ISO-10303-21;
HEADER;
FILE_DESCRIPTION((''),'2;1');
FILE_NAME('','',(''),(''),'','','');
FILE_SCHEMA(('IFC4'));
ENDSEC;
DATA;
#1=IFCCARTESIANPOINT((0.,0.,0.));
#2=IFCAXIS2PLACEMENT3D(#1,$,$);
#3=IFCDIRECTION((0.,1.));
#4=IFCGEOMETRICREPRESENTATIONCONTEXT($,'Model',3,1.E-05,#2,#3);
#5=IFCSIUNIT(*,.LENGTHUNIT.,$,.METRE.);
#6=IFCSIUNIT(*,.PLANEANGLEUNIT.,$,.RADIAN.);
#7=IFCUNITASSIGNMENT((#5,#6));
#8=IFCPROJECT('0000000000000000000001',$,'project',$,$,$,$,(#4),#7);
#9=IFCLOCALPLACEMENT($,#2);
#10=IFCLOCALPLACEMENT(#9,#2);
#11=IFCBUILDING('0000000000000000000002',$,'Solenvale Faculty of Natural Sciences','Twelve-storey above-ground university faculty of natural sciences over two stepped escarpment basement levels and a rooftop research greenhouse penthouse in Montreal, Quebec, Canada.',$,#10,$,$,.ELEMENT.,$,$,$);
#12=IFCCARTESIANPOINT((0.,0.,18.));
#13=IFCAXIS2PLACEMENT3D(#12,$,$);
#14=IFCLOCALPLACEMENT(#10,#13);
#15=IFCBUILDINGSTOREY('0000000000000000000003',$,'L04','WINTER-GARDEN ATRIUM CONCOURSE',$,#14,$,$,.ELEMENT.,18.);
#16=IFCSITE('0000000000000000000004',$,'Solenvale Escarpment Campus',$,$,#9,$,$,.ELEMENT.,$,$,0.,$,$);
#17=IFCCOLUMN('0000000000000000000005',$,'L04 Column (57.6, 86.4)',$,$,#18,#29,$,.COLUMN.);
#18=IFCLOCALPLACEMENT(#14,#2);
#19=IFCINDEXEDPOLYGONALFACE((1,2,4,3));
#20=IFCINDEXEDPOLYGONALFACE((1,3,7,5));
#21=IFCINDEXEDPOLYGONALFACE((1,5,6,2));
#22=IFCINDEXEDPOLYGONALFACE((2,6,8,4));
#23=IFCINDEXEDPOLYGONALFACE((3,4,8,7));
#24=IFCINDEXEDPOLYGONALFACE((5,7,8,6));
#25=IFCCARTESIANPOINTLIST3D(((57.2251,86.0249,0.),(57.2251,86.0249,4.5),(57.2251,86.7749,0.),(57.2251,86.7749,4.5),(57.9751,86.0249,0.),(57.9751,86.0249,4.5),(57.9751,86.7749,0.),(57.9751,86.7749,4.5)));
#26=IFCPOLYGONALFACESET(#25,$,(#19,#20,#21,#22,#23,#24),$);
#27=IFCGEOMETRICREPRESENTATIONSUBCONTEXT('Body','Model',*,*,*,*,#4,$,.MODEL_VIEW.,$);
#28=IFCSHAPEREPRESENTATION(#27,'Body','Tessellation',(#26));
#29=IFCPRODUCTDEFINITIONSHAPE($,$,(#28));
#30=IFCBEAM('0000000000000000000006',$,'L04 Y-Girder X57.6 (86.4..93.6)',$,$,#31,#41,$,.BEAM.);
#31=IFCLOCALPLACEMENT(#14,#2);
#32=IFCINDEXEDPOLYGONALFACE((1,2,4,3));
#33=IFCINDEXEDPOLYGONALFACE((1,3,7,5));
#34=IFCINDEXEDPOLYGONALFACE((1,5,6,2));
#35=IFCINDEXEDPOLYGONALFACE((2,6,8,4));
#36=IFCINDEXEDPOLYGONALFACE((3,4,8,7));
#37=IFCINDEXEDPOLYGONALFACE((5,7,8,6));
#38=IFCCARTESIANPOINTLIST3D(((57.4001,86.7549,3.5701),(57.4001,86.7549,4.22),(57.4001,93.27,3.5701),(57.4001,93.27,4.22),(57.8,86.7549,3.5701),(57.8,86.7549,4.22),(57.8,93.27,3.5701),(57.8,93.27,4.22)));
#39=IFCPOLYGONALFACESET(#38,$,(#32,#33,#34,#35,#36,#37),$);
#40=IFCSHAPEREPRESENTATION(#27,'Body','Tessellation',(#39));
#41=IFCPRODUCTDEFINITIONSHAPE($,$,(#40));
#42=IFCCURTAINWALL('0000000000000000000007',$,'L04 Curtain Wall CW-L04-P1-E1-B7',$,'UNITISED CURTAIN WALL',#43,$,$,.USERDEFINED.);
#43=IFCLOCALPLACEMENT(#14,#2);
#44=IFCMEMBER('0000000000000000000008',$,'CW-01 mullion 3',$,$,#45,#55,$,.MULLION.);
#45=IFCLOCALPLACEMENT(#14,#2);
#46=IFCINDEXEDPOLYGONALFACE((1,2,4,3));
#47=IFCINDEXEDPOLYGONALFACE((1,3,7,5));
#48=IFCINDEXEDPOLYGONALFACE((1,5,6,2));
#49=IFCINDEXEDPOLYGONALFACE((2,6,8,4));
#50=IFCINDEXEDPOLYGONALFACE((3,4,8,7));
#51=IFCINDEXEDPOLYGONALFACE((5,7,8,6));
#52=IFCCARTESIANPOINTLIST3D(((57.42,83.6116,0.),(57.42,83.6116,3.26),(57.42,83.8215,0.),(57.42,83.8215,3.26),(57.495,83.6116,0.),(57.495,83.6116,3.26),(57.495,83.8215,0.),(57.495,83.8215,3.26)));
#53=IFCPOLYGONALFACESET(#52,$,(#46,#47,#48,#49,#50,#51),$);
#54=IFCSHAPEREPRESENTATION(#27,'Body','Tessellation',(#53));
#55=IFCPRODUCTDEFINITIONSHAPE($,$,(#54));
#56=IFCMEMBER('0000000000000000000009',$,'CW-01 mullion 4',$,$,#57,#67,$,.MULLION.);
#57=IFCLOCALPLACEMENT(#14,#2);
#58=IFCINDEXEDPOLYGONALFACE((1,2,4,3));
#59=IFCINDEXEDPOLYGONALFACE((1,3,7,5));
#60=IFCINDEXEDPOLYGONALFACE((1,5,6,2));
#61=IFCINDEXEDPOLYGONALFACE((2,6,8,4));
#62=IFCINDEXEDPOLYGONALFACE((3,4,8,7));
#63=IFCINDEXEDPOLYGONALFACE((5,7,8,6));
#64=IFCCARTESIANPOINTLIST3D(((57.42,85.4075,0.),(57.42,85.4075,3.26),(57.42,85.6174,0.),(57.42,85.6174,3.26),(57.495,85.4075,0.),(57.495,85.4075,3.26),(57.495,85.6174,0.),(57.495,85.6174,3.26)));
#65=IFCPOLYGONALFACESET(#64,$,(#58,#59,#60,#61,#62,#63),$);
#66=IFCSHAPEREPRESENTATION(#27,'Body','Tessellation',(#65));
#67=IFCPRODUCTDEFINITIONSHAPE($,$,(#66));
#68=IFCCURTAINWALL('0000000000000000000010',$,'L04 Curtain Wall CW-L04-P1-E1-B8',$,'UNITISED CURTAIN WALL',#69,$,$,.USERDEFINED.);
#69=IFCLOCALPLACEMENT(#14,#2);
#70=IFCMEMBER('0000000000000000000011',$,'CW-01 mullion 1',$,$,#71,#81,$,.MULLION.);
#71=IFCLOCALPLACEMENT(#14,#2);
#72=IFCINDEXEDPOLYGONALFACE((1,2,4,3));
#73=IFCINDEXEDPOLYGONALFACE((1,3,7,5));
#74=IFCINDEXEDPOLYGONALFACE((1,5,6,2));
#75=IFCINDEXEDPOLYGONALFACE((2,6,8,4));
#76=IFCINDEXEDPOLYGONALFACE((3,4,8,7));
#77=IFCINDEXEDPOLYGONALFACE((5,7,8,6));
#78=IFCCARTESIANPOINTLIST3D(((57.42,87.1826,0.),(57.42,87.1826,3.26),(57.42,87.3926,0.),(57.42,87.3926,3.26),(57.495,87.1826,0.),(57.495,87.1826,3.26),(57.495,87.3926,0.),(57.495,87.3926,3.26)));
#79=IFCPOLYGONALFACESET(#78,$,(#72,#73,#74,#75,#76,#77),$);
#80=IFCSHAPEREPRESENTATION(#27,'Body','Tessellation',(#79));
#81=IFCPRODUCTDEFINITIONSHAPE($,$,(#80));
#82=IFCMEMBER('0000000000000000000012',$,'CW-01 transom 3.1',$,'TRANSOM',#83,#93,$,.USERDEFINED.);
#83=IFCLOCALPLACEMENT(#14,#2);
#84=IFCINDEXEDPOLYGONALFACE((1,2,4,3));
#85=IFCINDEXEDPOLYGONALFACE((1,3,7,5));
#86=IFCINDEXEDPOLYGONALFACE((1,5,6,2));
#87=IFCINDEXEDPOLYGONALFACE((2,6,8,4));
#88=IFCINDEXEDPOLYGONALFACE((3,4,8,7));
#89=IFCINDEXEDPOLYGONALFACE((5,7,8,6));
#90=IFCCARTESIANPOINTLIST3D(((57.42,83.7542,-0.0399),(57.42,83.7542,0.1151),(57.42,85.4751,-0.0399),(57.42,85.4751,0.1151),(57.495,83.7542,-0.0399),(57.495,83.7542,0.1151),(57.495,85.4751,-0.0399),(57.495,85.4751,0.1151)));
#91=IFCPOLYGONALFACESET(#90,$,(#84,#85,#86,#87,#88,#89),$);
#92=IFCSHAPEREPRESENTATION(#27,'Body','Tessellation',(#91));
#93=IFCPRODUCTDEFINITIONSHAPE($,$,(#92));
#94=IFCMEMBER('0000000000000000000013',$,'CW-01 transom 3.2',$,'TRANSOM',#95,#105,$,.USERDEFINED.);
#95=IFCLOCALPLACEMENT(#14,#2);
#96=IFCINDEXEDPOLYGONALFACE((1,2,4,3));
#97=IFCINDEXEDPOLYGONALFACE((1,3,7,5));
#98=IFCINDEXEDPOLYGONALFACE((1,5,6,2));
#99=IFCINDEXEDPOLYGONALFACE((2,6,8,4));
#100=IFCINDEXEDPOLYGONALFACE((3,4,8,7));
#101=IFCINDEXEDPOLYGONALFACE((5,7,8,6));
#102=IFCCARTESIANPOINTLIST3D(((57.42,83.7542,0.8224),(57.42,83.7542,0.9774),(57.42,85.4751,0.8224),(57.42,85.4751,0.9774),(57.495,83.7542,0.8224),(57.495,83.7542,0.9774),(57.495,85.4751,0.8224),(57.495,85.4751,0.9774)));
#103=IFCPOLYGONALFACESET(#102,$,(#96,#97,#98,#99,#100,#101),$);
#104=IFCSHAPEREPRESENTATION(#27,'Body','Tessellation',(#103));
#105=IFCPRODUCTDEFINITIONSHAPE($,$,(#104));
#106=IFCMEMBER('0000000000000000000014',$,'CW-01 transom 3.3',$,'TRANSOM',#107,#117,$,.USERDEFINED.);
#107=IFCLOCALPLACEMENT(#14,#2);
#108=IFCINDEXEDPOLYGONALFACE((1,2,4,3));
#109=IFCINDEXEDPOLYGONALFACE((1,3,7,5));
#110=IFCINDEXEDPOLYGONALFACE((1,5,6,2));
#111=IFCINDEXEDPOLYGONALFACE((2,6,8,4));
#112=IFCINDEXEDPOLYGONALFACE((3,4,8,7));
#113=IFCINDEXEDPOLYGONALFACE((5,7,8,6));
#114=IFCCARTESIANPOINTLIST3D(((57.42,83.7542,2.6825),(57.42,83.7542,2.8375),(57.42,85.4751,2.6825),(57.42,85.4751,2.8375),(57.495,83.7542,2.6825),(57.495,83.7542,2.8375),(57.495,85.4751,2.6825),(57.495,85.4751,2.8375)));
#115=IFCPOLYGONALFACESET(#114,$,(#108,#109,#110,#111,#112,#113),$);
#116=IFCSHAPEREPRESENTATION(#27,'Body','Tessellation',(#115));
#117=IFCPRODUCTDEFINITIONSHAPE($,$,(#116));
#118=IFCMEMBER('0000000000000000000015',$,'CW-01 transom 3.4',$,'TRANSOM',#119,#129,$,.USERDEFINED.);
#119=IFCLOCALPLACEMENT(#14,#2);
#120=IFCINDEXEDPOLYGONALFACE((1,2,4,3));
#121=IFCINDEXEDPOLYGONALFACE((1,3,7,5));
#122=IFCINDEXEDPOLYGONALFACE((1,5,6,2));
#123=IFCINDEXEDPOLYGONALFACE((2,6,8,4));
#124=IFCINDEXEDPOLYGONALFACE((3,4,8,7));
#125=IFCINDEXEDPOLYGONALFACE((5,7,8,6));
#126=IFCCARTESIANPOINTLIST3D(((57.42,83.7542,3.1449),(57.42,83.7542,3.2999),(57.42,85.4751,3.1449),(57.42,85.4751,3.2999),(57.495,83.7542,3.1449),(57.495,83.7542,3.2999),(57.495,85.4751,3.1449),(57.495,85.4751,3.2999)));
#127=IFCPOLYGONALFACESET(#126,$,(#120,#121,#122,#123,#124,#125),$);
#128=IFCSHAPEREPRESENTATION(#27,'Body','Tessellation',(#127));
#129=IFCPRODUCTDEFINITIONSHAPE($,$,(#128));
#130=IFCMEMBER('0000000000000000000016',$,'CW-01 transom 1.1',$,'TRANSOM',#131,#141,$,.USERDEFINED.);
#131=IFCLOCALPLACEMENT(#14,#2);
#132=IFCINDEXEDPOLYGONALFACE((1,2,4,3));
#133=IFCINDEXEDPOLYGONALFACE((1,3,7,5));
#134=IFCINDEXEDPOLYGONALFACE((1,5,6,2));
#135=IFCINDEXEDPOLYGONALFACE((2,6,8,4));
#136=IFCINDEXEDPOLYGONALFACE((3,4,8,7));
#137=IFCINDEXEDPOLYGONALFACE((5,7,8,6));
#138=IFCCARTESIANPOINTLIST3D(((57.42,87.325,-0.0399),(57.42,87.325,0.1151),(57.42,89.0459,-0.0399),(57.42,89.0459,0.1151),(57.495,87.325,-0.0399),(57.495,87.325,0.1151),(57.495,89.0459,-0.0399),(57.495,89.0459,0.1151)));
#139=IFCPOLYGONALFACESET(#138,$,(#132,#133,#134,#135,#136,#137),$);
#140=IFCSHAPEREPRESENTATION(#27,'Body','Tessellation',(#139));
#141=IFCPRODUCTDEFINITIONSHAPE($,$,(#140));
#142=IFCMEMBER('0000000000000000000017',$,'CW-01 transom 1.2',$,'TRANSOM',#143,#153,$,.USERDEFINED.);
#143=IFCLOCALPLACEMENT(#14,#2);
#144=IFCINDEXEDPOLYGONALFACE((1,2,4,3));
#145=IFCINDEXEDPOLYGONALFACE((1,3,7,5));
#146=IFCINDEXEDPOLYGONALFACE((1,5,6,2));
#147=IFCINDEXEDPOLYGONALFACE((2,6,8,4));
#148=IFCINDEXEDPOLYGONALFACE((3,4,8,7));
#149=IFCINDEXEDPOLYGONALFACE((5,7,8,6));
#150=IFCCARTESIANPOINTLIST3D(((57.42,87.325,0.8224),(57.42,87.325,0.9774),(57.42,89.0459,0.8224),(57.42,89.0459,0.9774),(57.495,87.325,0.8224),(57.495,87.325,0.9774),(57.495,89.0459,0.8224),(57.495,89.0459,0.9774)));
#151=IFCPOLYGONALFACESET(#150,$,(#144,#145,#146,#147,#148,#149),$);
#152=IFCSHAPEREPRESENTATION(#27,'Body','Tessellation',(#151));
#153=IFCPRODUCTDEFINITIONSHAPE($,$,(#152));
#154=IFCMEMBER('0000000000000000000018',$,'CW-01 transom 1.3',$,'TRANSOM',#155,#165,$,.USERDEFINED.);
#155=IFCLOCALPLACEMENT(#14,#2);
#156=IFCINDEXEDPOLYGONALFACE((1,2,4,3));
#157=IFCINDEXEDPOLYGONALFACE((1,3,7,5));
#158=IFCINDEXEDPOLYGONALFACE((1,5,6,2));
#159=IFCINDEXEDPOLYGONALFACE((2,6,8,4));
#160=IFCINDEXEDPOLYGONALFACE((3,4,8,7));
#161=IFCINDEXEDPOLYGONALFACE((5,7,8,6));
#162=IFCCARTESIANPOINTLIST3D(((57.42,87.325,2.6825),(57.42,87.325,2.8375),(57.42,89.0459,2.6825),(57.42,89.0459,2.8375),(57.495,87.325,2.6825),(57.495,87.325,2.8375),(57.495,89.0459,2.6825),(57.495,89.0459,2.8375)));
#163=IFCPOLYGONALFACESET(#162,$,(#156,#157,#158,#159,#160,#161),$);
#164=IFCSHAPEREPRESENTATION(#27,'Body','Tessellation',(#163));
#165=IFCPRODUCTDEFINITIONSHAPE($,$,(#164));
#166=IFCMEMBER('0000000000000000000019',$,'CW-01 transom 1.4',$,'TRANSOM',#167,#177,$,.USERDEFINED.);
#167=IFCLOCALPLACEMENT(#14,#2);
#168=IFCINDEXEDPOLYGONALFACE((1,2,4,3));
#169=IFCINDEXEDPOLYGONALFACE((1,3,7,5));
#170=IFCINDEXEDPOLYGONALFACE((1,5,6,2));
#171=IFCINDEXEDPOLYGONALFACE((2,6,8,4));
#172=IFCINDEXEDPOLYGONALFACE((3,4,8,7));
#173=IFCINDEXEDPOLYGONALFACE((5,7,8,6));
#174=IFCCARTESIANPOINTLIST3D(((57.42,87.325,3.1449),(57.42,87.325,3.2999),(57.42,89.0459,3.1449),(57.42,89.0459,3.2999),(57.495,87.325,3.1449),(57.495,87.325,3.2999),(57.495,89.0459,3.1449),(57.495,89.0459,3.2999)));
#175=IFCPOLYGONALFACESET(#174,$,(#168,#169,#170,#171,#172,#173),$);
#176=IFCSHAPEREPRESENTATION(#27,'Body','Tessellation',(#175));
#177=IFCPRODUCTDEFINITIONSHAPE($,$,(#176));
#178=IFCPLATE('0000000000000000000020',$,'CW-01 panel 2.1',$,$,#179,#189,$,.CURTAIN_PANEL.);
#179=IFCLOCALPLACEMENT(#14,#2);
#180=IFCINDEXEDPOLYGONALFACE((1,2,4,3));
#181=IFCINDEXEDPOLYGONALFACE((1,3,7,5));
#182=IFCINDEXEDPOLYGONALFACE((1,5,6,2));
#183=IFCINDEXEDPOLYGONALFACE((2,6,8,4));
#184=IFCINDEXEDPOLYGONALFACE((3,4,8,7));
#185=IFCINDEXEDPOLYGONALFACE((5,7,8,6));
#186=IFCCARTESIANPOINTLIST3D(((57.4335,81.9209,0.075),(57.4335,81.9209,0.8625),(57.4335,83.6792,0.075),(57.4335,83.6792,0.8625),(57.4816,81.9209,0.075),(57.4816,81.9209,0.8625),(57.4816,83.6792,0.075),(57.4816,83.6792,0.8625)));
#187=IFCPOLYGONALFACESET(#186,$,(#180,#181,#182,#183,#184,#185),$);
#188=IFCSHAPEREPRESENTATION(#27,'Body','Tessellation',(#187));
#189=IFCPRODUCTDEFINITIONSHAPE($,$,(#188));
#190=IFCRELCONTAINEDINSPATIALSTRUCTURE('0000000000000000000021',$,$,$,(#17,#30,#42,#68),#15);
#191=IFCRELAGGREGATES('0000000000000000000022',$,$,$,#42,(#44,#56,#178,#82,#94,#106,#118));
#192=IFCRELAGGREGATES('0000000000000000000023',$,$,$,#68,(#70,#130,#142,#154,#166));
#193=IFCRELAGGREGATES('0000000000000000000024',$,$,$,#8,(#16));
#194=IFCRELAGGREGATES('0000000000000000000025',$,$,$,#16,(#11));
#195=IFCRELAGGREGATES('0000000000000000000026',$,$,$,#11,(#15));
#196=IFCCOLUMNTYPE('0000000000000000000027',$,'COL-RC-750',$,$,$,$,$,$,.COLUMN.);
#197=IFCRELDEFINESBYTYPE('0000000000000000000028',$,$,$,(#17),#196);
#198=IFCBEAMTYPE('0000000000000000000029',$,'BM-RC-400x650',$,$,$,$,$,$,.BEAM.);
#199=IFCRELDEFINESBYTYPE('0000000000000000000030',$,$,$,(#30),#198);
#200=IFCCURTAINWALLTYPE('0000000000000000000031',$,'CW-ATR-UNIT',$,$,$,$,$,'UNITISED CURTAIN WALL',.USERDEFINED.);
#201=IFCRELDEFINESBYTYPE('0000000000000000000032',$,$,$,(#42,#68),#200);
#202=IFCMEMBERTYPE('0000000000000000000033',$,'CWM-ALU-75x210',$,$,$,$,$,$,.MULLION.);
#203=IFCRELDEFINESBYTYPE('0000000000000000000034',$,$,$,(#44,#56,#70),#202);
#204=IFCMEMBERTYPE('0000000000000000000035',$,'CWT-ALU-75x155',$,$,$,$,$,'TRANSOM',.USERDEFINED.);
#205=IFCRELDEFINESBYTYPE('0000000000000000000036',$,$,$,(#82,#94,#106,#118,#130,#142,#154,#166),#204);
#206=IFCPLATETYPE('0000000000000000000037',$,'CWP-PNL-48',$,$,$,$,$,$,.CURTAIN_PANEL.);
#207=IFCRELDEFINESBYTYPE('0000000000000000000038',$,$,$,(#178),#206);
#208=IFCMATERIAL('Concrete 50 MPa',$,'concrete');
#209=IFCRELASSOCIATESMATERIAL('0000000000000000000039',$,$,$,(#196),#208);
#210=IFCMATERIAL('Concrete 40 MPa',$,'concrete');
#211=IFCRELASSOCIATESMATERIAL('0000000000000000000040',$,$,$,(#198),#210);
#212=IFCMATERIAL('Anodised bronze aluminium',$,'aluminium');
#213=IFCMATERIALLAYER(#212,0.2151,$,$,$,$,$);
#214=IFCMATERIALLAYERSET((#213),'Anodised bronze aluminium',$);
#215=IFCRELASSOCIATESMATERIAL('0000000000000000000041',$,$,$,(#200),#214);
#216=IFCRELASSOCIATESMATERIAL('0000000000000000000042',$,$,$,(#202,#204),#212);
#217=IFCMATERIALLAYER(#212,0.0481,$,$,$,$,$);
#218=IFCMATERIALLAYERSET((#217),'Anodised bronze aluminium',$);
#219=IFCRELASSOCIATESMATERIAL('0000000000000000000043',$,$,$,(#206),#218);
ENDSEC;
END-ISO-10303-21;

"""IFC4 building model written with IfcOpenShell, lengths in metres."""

from ifc_helpers import new_model, si_unit, direction, frame, origin, origin_2d, place, context, subcontext, project, spatial, rectangle, extrude, material, layer, layer_set, material_profile, profile_set, type_object, element, aggregate, save


model = new_model("IFC4")

# Units and contexts
model_context = context("Model", 3, precision=1e-05, world=origin(), true_north=direction((0.0, 1.0)))
body_context = subcontext(model_context, "Body", "Model", "MODEL_VIEW")
ifc_project = project(units=[si_unit("LENGTHUNIT", "METRE"), si_unit("PLANEANGLEUNIT", "RADIAN")], contexts=[model_context])

# Site, building, storey
site_placement = place(None, origin())
site = spatial("IfcSite", under=ifc_project, at=site_placement, Name="Solenvale Escarpment Campus", CompositionType="ELEMENT", RefElevation=0.0)
building_placement = place(site_placement, origin())
building = spatial("IfcBuilding", under=site, at=building_placement, Name="Solenvale Faculty of Natural Sciences", Description="Twelve-storey above-ground university faculty of natural sciences over two stepped escarpment basement levels and a rooftop research greenhouse penthouse in Montreal, Quebec, Canada.", CompositionType="ELEMENT")
storey_placement = place(building_placement, frame((0.0, 0.0, 18.0)))
storey = spatial("IfcBuildingStorey", under=building, at=storey_placement, Name="L04", Description="WINTER-GARDEN ATRIUM CONCOURSE", CompositionType="ELEMENT", Elevation=18.0)

# Column
ifc_material_1 = material(Name="Concrete 50 MPa", Category="concrete")
ifc_material_profile_1 = material_profile(ifc_material_1, rectangle(XDim=0.75, YDim=0.75, at=origin_2d()), Name="RC-COL-750x750")
ifc_profile_set_1 = profile_set([ifc_material_profile_1], Name="Concrete 50 MPa")
column_type = type_object("IfcColumnType", Name="COL-RC-750", PredefinedType="COLUMN", material=ifc_profile_set_1)
column_placement = place(storey_placement, frame((57.6001, 86.3999, 0.0), z_axis=(0.0, 0.0, 1.0), x_axis=(1.0, 0.0, 0.0)))
element("IfcColumn", 1, at=column_placement, inside=storey, type_object=column_type, Name="L04 Column (57.6, 86.4)", PredefinedType="COLUMN", context=body_context, shape_type="SweptSolid", body=[
    extrude(rectangle(XDim=0.75, YDim=0.75, at=origin_2d()), origin(), (0.0, 0.0, 1.0), 4.5),
])

# Beam
ifc_material_2 = material(Name="Concrete 40 MPa", Category="concrete")
ifc_material_profile_2 = material_profile(ifc_material_2, rectangle(XDim=0.3999, YDim=0.6499, at=origin_2d()), Name="RC-BM-400x650")
ifc_profile_set_2 = profile_set([ifc_material_profile_2], Name="Concrete 40 MPa")
beam_type = type_object("IfcBeamType", Name="BM-RC-400x650", PredefinedType="BEAM", material=ifc_profile_set_2)
beam_placement = place(storey_placement, frame((57.6001, 86.7549, 3.895), z_axis=(0.0, 1.0, 0.0), x_axis=(-1.0, 0.0, 0.0)))
element("IfcBeam", 2, at=beam_placement, inside=storey, type_object=beam_type, Name="L04 Y-Girder X57.6 (86.4..93.6)", PredefinedType="BEAM", context=body_context, shape_type="SweptSolid", body=[
    extrude(rectangle(XDim=0.3999, YDim=0.6499, at=origin_2d()), origin(), (0.0, 0.0, 1.0), 6.5151),
])

# Curtain wall, members
ifc_material_3 = material(Name="Anodised bronze aluminium", Category="aluminium")
ifc_layer_1 = layer(ifc_material_3, 0.2151)
ifc_layer_set_1 = layer_set([ifc_layer_1], Name="Anodised bronze aluminium")
curtain_wall_type = type_object("IfcCurtainWallType", Name="CW-ATR-UNIT", ElementType="UNITISED CURTAIN WALL", PredefinedType="USERDEFINED", material=ifc_layer_set_1)
curtain_wall_1_placement = place(storey_placement, origin())
curtain_wall_1 = element("IfcCurtainWall", 3, at=curtain_wall_1_placement, inside=storey, type_object=curtain_wall_type, Name="L04 Curtain Wall CW-L04-P1-E1-B7", ObjectType="UNITISED CURTAIN WALL", PredefinedType="USERDEFINED")
ifc_material_profile_3 = material_profile(ifc_material_3, rectangle(XDim=0.075, YDim=0.21, at=origin_2d()), Name="ALU-MUL-75x210")
ifc_profile_set_3 = profile_set([ifc_material_profile_3], Name="Anodised bronze aluminium")
member_type_1 = type_object("IfcMemberType", Name="CWM-ALU-75x210", PredefinedType="MULLION", material=ifc_profile_set_3)
member_1_placement = place(storey_placement, frame((57.4575, 83.7166, 0.0), z_axis=(0.0, 0.0, 1.0), x_axis=(-1.0, 0.0, 0.0)))
member_1 = element("IfcMember", 4, at=member_1_placement, type_object=member_type_1, Name="CW-01 mullion 3", PredefinedType="MULLION", context=body_context, shape_type="SweptSolid", body=[
    extrude(rectangle(XDim=0.075, YDim=0.21, at=origin_2d()), origin(), (0.0, 0.0, 1.0), 3.26),
])
member_2_placement = place(storey_placement, frame((57.4575, 85.5125, 0.0), z_axis=(0.0, 0.0, 1.0), x_axis=(-1.0, 0.0, 0.0)))
member_2 = element("IfcMember", 5, at=member_2_placement, type_object=member_type_1, Name="CW-01 mullion 4", PredefinedType="MULLION", context=body_context, shape_type="SweptSolid", body=[
    extrude(rectangle(XDim=0.075, YDim=0.21, at=origin_2d()), origin(), (0.0, 0.0, 1.0), 3.26),
])

# Curtain wall, member
curtain_wall_2_placement = place(storey_placement, origin())
curtain_wall_2 = element("IfcCurtainWall", 6, at=curtain_wall_2_placement, inside=storey, type_object=curtain_wall_type, Name="L04 Curtain Wall CW-L04-P1-E1-B8", ObjectType="UNITISED CURTAIN WALL", PredefinedType="USERDEFINED")
member_3_placement = place(storey_placement, frame((57.4575, 87.2876, 0.0), z_axis=(0.0, 0.0, 1.0), x_axis=(-1.0, 0.0, 0.0)))
member_3 = element("IfcMember", 7, at=member_3_placement, type_object=member_type_1, Name="CW-01 mullion 1", PredefinedType="MULLION", context=body_context, shape_type="SweptSolid", body=[
    extrude(rectangle(XDim=0.075, YDim=0.21, at=origin_2d()), origin(), (0.0, 0.0, 1.0), 3.26),
])

# Members
ifc_material_profile_4 = material_profile(ifc_material_3, rectangle(XDim=0.075, YDim=0.155, at=origin_2d()), Name="ALU-TRN-75x155")
ifc_profile_set_4 = profile_set([ifc_material_profile_4], Name="Anodised bronze aluminium")
member_type_2 = type_object("IfcMemberType", Name="CWT-ALU-75x155", ElementType="TRANSOM", PredefinedType="USERDEFINED", material=ifc_profile_set_4)
member_4_placement = place(storey_placement, frame((57.4575, 83.7542, 0.0376), z_axis=(0.0, 1.0, 0.0), x_axis=(-1.0, 0.0, 0.0)))
member_4 = element("IfcMember", 8, at=member_4_placement, type_object=member_type_2, Name="CW-01 transom 3.1", ObjectType="TRANSOM", PredefinedType="USERDEFINED", context=body_context, shape_type="SweptSolid", body=[
    extrude(rectangle(XDim=0.075, YDim=0.155, at=origin_2d()), origin(), (0.0, 0.0, 1.0), 1.7209),
])
member_5_placement = place(storey_placement, frame((57.4575, 83.7542, 0.8999), z_axis=(0.0, 1.0, 0.0), x_axis=(-1.0, 0.0, 0.0)))
member_5 = element("IfcMember", 9, at=member_5_placement, type_object=member_type_2, Name="CW-01 transom 3.2", ObjectType="TRANSOM", PredefinedType="USERDEFINED", context=body_context, shape_type="SweptSolid", body=[
    extrude(rectangle(XDim=0.075, YDim=0.155, at=origin_2d()), origin(), (0.0, 0.0, 1.0), 1.7209),
])
member_6_placement = place(storey_placement, frame((57.4575, 83.7542, 2.76), z_axis=(0.0, 1.0, 0.0), x_axis=(-1.0, 0.0, 0.0)))
member_6 = element("IfcMember", 10, at=member_6_placement, type_object=member_type_2, Name="CW-01 transom 3.3", ObjectType="TRANSOM", PredefinedType="USERDEFINED", context=body_context, shape_type="SweptSolid", body=[
    extrude(rectangle(XDim=0.075, YDim=0.155, at=origin_2d()), origin(), (0.0, 0.0, 1.0), 1.7209),
])
member_7_placement = place(storey_placement, frame((57.4575, 83.7542, 3.2224), z_axis=(0.0, 1.0, 0.0), x_axis=(-1.0, 0.0, 0.0)))
member_7 = element("IfcMember", 11, at=member_7_placement, type_object=member_type_2, Name="CW-01 transom 3.4", ObjectType="TRANSOM", PredefinedType="USERDEFINED", context=body_context, shape_type="SweptSolid", body=[
    extrude(rectangle(XDim=0.075, YDim=0.155, at=origin_2d()), origin(), (0.0, 0.0, 1.0), 1.7209),
])
member_8_placement = place(storey_placement, frame((57.4575, 87.325, 0.0376), z_axis=(0.0, 1.0, 0.0), x_axis=(-1.0, 0.0, 0.0)))
member_8 = element("IfcMember", 12, at=member_8_placement, type_object=member_type_2, Name="CW-01 transom 1.1", ObjectType="TRANSOM", PredefinedType="USERDEFINED", context=body_context, shape_type="SweptSolid", body=[
    extrude(rectangle(XDim=0.075, YDim=0.155, at=origin_2d()), origin(), (0.0, 0.0, 1.0), 1.7209),
])
member_9_placement = place(storey_placement, frame((57.4575, 87.325, 0.8999), z_axis=(0.0, 1.0, 0.0), x_axis=(-1.0, 0.0, 0.0)))
member_9 = element("IfcMember", 13, at=member_9_placement, type_object=member_type_2, Name="CW-01 transom 1.2", ObjectType="TRANSOM", PredefinedType="USERDEFINED", context=body_context, shape_type="SweptSolid", body=[
    extrude(rectangle(XDim=0.075, YDim=0.155, at=origin_2d()), origin(), (0.0, 0.0, 1.0), 1.7209),
])
member_10_placement = place(storey_placement, frame((57.4575, 87.325, 2.76), z_axis=(0.0, 1.0, 0.0), x_axis=(-1.0, 0.0, 0.0)))
member_10 = element("IfcMember", 14, at=member_10_placement, type_object=member_type_2, Name="CW-01 transom 1.3", ObjectType="TRANSOM", PredefinedType="USERDEFINED", context=body_context, shape_type="SweptSolid", body=[
    extrude(rectangle(XDim=0.075, YDim=0.155, at=origin_2d()), origin(), (0.0, 0.0, 1.0), 1.7209),
])
member_11_placement = place(storey_placement, frame((57.4575, 87.325, 3.2224), z_axis=(0.0, 1.0, 0.0), x_axis=(-1.0, 0.0, 0.0)))
member_11 = element("IfcMember", 15, at=member_11_placement, type_object=member_type_2, Name="CW-01 transom 1.4", ObjectType="TRANSOM", PredefinedType="USERDEFINED", context=body_context, shape_type="SweptSolid", body=[
    extrude(rectangle(XDim=0.075, YDim=0.155, at=origin_2d()), origin(), (0.0, 0.0, 1.0), 1.7209),
])

# Plate
ifc_layer_2 = layer(ifc_material_3, 0.0481)
ifc_layer_set_2 = layer_set([ifc_layer_2], Name="Anodised bronze aluminium")
plate_type_1 = type_object("IfcPlateType", Name="CWP-PNL-48", PredefinedType="CURTAIN_PANEL", material=ifc_layer_set_2)
plate_1_placement = place(storey_placement, frame((57.4575, 82.8, 0.075), z_axis=(0.0, 0.0, 1.0), x_axis=(0.0, 1.0, 0.0)))
plate_1 = element("IfcPlate", 16, at=plate_1_placement, type_object=plate_type_1, Name="CW-01 panel 2.1", PredefinedType="CURTAIN_PANEL", context=body_context, shape_type="SweptSolid", body=[
    extrude(rectangle(XDim=1.7583, YDim=0.0481, at=origin_2d()), origin(), (0.0, 0.0, 1.0), 0.7876),
])
aggregate(curtain_wall_1, [member_1, member_2, plate_1, member_4, member_5, member_6, member_7])
aggregate(curtain_wall_2, [member_3, member_8, member_9, member_10, member_11])

save(model, "model.ifc")
